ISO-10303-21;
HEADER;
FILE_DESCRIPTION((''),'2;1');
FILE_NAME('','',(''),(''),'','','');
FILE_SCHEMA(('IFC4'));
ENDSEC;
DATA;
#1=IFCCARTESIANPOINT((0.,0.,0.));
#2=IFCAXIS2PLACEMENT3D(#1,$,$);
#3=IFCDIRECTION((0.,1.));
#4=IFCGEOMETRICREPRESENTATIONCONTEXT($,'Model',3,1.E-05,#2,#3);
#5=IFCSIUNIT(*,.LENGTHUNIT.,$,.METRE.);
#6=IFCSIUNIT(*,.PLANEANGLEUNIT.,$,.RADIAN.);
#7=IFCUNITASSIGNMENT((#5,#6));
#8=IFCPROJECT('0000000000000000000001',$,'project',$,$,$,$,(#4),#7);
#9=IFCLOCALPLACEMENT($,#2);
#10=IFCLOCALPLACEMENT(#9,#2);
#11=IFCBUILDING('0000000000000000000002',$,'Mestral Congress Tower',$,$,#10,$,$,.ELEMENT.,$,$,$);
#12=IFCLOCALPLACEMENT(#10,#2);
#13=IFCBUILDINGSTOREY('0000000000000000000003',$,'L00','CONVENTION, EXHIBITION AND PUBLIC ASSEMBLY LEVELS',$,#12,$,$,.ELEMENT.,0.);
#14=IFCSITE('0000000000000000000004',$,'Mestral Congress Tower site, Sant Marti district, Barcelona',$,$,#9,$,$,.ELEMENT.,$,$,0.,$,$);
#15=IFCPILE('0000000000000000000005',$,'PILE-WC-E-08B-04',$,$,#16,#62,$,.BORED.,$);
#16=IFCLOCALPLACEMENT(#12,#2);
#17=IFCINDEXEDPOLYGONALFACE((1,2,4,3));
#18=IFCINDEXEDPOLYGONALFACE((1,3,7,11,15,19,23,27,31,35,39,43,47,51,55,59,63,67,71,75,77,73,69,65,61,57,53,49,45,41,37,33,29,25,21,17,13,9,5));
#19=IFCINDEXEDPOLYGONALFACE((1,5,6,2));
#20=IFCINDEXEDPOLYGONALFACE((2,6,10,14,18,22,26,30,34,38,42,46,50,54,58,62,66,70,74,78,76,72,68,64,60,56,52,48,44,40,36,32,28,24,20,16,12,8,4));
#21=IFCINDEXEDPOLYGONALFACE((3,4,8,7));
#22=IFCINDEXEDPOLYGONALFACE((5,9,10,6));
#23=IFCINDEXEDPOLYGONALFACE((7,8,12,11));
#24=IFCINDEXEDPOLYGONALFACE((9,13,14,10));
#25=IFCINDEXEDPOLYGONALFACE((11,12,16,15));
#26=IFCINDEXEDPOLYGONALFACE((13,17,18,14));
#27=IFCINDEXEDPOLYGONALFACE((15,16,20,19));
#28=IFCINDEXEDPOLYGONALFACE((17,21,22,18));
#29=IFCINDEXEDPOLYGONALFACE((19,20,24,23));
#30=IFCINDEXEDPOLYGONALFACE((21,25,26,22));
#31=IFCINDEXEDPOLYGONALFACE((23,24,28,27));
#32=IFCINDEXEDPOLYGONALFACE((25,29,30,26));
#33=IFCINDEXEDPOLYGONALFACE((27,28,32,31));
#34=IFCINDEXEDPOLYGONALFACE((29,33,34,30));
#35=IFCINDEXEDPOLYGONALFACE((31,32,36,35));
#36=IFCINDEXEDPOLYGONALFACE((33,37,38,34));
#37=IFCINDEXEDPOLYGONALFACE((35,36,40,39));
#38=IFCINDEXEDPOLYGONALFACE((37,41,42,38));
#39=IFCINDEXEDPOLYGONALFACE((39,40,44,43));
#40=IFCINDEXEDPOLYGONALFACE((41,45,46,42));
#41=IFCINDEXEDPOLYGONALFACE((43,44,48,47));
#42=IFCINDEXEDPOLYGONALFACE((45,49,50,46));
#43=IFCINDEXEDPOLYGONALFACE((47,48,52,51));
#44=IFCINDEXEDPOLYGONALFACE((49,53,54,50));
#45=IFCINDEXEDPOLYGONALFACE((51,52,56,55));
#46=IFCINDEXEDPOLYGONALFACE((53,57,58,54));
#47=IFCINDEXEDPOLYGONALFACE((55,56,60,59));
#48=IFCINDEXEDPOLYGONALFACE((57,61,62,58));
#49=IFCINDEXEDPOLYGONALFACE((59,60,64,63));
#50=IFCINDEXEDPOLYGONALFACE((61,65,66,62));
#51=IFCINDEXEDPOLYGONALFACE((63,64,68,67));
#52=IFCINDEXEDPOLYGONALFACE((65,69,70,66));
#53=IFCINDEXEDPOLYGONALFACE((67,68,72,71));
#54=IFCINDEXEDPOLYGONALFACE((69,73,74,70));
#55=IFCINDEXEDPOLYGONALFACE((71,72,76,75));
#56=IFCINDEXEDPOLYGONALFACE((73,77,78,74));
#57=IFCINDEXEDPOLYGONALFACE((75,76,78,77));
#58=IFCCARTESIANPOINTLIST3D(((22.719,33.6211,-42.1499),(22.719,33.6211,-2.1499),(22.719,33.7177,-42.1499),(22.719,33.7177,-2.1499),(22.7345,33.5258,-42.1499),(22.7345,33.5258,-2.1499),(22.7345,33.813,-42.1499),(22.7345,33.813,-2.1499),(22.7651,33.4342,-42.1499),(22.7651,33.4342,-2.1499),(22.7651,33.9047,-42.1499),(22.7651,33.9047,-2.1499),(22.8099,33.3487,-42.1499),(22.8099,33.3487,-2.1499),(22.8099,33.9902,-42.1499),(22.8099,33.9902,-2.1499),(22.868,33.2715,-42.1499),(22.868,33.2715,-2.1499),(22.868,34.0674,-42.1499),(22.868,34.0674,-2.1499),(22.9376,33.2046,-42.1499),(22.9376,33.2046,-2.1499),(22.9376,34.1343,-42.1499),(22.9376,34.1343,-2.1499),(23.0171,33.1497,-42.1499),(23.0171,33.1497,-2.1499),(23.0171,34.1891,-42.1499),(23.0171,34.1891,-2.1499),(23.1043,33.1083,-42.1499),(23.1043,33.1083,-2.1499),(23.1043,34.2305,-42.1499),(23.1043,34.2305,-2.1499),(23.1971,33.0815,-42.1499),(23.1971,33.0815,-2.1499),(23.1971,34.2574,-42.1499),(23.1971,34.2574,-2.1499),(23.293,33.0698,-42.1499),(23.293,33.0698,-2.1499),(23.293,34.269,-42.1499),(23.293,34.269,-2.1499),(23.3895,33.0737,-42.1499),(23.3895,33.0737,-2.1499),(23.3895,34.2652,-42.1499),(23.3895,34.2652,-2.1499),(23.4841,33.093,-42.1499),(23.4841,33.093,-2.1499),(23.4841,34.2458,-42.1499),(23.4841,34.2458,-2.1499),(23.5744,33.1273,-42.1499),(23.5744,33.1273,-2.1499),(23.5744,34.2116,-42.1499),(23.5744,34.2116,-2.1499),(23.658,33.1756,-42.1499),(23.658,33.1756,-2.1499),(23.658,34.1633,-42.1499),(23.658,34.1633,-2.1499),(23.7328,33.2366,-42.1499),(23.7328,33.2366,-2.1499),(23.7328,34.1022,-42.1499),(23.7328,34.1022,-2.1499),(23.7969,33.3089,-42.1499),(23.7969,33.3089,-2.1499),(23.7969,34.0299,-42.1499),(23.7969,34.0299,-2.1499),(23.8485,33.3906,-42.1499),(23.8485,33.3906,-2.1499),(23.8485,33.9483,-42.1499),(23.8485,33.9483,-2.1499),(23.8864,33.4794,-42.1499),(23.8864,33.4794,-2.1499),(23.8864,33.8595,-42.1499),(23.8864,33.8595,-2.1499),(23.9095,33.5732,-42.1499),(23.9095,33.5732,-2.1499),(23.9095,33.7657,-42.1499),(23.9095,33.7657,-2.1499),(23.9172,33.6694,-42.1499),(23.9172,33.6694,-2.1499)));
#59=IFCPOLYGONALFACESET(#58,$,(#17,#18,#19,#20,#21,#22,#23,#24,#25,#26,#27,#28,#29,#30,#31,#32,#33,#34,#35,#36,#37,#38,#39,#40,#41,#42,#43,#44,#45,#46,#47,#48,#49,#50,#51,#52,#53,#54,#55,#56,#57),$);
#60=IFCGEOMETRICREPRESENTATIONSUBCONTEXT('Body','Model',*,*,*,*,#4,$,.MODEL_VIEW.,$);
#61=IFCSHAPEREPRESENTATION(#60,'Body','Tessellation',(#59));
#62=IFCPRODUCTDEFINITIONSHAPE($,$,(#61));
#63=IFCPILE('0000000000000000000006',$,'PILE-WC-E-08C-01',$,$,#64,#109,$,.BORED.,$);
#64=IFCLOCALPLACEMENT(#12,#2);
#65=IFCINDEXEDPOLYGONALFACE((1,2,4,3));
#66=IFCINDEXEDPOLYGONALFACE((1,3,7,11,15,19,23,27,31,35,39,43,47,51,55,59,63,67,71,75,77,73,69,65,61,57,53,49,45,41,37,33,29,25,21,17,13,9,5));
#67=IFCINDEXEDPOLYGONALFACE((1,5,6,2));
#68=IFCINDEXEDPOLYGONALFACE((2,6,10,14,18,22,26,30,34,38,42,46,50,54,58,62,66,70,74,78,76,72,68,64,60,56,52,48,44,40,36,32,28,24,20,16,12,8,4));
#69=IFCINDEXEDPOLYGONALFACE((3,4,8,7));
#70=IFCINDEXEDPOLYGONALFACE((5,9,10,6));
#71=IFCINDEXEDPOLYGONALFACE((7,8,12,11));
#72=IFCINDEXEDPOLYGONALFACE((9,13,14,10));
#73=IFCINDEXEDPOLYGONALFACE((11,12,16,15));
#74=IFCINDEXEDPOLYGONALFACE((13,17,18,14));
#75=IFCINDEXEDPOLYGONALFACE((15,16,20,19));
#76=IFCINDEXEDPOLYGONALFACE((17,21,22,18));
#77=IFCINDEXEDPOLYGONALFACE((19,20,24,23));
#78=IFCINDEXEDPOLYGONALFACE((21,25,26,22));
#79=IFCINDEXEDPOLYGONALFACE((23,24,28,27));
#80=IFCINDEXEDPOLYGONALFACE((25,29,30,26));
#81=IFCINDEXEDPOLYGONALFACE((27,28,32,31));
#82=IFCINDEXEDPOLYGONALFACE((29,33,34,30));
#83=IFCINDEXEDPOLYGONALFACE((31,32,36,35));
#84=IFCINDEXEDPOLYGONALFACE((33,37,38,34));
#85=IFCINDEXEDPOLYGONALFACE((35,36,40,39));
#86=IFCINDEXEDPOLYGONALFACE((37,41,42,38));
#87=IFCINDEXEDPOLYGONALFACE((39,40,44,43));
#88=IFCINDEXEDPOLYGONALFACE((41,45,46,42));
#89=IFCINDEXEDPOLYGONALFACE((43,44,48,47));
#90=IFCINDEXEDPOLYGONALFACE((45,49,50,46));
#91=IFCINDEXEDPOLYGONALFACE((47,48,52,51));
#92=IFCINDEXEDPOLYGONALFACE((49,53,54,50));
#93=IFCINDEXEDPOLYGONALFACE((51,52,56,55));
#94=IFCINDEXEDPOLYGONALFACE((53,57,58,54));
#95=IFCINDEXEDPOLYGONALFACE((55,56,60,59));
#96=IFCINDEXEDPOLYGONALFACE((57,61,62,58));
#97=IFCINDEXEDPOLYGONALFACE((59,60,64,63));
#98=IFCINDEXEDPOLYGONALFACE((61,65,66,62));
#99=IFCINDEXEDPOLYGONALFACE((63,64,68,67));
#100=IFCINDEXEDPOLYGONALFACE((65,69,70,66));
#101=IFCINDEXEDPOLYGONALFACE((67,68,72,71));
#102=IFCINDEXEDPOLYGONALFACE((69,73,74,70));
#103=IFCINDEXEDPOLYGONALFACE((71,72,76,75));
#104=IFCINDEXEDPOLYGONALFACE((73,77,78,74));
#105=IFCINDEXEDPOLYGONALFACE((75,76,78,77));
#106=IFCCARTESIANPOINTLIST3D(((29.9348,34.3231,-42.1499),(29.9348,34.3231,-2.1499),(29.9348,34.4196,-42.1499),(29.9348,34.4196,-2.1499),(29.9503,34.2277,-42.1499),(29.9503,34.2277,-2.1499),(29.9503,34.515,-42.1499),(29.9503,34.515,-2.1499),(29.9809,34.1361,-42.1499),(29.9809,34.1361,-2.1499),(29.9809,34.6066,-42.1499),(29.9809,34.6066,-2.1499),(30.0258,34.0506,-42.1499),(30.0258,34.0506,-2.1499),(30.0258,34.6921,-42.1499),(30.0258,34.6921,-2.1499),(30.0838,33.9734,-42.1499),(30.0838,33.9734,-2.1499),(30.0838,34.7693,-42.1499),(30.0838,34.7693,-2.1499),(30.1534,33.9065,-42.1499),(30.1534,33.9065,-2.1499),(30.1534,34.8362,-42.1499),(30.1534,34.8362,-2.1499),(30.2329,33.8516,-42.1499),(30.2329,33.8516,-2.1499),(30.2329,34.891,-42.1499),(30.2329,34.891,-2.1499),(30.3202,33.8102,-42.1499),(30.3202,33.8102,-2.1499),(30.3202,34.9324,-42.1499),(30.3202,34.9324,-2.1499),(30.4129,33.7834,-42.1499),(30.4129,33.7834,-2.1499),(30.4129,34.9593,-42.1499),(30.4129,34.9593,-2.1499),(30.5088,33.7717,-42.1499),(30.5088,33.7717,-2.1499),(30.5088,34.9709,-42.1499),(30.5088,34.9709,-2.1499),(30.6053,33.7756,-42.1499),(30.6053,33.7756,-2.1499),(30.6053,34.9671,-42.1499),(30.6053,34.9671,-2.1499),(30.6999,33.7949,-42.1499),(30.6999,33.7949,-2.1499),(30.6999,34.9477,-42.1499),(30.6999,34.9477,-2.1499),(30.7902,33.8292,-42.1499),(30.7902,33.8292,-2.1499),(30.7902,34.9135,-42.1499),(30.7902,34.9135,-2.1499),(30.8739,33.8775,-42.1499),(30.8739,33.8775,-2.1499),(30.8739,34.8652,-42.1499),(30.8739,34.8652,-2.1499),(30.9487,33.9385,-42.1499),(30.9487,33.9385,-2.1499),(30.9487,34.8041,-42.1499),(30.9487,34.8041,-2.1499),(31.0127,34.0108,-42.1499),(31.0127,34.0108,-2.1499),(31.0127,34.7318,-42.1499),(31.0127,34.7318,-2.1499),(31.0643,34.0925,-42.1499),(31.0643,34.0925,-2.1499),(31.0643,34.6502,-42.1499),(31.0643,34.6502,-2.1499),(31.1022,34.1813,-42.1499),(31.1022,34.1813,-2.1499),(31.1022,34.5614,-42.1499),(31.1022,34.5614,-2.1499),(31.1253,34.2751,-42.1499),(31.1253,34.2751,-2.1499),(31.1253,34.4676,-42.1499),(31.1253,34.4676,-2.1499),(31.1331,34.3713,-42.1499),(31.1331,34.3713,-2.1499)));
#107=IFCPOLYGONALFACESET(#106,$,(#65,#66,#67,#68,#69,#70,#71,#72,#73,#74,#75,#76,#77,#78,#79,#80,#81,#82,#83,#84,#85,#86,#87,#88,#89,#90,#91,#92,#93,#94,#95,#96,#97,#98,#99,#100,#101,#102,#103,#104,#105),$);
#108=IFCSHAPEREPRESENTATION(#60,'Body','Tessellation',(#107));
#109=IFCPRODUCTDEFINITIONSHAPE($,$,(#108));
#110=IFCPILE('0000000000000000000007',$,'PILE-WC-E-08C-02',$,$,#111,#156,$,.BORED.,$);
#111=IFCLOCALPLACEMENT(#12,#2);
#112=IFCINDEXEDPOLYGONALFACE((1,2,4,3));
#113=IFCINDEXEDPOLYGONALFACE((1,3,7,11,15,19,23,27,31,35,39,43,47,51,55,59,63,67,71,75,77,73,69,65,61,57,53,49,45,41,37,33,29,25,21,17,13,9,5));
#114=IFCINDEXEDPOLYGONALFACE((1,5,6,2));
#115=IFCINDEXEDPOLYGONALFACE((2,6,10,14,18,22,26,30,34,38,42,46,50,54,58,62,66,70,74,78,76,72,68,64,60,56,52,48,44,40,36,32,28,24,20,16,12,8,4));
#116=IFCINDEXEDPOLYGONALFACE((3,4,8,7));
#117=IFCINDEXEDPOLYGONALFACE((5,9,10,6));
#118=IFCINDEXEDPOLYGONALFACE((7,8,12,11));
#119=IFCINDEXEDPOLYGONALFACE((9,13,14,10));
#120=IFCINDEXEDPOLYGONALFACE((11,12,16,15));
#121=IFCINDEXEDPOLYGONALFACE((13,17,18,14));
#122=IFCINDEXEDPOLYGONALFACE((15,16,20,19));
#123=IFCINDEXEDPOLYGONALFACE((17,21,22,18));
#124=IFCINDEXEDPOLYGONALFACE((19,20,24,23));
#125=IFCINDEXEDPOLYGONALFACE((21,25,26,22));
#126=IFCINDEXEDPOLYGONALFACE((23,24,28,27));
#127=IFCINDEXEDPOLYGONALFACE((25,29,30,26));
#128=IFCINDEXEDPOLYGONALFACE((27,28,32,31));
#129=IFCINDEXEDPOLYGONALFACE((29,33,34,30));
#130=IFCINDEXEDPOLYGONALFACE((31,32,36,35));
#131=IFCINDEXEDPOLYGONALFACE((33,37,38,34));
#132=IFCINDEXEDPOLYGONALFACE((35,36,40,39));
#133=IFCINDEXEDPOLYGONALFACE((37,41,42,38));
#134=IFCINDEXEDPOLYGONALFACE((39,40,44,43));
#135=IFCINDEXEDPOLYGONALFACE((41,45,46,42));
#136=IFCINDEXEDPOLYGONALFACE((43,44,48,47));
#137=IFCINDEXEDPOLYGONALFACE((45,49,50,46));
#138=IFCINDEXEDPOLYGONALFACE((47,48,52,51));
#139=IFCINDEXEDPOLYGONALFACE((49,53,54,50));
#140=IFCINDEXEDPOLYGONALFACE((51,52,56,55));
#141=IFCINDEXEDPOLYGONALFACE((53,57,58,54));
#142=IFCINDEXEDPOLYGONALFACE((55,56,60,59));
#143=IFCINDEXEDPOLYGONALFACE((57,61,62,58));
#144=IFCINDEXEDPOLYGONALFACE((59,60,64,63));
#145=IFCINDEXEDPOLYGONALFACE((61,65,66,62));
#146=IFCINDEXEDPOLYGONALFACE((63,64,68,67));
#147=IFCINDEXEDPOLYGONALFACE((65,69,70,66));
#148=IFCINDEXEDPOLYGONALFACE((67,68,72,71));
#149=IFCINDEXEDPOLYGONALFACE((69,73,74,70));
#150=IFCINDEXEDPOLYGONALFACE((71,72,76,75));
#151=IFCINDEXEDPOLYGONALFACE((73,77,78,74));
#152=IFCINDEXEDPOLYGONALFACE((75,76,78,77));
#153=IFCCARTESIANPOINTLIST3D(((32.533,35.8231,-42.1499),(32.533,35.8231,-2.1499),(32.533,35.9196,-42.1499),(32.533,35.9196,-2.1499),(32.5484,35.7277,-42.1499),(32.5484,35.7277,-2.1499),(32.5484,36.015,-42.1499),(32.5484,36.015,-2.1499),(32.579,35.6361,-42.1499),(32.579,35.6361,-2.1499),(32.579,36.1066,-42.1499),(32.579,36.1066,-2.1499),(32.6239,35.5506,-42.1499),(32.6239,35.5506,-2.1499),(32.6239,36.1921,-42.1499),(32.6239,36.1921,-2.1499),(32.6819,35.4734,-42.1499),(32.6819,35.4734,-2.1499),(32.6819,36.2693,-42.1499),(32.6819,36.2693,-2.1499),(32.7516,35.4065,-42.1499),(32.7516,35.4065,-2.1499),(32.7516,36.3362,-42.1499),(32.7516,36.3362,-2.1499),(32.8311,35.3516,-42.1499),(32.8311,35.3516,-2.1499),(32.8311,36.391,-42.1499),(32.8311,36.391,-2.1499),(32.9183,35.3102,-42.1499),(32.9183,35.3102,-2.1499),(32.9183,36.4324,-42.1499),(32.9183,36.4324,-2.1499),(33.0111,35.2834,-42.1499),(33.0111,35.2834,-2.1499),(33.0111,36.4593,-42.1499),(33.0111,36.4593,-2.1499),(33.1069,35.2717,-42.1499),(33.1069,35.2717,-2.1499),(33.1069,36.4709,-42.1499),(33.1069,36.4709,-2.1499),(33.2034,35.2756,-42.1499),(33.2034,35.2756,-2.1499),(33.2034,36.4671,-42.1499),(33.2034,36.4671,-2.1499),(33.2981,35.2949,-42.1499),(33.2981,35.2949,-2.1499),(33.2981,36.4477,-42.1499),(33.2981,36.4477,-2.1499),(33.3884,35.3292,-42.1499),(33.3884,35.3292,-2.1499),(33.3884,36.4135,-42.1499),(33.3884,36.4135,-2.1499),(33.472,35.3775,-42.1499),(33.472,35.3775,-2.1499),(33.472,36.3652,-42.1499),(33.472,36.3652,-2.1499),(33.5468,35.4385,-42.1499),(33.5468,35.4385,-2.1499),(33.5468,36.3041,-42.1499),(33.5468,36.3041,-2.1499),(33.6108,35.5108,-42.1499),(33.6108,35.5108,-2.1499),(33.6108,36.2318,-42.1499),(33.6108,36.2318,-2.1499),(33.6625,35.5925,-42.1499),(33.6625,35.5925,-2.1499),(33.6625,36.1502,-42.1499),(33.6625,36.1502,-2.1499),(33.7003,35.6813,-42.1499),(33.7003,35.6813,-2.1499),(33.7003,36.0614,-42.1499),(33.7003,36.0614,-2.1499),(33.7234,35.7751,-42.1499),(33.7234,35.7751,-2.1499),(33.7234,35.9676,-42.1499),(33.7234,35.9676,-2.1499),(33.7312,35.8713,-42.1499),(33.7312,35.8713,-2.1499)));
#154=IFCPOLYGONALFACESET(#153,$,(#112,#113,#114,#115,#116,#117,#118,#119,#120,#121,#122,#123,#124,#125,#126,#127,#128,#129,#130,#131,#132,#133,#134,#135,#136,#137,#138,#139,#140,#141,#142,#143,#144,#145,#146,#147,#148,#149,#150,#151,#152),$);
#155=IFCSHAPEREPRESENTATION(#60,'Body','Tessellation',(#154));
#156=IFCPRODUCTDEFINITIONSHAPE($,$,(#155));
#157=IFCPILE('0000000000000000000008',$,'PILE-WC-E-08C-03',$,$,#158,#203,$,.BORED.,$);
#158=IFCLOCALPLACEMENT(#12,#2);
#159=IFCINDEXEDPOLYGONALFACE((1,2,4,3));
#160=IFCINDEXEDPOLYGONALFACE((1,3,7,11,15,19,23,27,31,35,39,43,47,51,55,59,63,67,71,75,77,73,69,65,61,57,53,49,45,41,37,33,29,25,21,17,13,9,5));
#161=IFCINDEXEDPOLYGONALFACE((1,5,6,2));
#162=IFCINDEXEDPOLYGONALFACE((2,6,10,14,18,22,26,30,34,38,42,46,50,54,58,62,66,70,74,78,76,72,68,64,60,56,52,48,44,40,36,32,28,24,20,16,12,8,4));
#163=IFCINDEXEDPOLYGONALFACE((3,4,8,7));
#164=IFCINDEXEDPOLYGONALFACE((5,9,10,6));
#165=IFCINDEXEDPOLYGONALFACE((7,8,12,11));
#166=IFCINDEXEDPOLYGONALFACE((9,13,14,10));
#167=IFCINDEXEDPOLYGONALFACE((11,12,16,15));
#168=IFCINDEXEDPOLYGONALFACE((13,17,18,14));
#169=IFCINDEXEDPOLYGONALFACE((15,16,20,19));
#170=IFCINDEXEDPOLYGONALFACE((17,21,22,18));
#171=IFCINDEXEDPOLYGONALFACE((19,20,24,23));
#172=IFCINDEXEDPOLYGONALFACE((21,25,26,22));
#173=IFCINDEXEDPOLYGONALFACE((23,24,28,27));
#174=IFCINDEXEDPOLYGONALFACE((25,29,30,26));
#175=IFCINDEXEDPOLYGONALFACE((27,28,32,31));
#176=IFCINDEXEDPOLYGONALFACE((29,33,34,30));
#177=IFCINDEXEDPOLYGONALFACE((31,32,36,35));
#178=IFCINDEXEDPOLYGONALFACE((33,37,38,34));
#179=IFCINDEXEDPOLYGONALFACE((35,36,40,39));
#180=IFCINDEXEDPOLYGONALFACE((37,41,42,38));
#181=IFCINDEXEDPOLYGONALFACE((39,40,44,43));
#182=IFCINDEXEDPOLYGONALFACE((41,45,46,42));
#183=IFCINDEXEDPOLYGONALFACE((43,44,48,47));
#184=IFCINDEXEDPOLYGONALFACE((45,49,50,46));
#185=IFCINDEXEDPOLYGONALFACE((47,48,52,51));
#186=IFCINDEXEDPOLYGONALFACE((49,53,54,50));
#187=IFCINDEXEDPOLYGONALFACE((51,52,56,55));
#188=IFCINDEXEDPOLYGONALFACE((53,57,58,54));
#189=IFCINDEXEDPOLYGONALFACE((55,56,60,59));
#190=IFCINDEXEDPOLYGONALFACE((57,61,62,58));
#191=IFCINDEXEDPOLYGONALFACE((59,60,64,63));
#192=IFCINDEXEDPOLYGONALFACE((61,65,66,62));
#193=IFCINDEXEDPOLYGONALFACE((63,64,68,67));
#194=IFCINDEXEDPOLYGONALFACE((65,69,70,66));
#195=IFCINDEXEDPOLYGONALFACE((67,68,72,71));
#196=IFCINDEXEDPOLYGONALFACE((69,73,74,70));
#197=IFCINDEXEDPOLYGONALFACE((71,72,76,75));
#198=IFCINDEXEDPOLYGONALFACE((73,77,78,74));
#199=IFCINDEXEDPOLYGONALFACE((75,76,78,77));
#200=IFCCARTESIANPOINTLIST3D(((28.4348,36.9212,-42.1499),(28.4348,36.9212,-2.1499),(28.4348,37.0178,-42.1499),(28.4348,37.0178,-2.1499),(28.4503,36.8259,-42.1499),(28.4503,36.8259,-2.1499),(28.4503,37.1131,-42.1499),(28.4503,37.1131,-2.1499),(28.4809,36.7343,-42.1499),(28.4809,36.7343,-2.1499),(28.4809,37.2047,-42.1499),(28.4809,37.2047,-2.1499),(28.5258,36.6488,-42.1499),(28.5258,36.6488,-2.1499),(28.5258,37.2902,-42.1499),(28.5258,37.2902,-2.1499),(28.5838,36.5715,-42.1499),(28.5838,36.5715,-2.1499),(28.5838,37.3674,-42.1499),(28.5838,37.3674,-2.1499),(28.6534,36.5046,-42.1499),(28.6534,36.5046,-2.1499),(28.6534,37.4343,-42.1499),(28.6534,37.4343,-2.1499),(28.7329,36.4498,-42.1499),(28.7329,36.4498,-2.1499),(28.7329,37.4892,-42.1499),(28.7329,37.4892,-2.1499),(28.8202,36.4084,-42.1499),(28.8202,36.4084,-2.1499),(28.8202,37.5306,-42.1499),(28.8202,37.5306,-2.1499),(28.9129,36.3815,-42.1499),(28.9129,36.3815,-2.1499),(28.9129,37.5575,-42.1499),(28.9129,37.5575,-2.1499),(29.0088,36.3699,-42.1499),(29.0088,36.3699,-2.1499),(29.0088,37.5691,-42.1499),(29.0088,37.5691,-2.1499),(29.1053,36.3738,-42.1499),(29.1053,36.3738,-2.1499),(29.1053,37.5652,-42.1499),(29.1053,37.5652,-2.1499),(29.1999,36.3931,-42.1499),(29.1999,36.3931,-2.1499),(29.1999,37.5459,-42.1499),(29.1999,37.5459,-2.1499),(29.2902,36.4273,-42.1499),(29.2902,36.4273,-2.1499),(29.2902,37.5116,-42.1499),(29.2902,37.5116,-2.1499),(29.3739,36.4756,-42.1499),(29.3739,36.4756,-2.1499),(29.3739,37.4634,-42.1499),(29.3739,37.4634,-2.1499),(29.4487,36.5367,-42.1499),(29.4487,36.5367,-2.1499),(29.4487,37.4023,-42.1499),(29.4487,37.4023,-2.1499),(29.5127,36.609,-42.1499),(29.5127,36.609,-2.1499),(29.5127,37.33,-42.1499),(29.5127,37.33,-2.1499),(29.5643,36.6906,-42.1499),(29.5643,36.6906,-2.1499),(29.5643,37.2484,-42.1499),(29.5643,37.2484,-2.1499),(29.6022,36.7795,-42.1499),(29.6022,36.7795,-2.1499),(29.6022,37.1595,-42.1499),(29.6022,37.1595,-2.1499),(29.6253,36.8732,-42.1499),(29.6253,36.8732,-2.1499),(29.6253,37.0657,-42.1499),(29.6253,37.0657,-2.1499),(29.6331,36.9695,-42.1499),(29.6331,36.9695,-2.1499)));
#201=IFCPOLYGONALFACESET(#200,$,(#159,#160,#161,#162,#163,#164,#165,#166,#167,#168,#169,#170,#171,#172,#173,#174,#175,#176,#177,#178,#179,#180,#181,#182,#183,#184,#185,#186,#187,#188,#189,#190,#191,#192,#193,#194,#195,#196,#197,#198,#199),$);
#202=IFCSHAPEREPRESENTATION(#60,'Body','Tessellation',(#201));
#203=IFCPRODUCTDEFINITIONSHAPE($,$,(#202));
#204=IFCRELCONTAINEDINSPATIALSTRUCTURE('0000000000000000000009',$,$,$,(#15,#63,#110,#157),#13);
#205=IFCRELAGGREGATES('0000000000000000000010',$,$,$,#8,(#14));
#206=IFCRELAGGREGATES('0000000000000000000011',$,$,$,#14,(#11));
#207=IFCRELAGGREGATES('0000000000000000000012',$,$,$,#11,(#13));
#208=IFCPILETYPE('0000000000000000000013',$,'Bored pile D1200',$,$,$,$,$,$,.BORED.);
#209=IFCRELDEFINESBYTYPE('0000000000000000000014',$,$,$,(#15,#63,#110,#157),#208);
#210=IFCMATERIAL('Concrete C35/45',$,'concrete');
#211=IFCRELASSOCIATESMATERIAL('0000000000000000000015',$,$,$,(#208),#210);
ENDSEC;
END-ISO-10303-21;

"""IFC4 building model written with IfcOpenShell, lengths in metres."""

from ifc_helpers import new_model, si_unit, direction, frame, origin, origin_2d, place, context, subcontext, project, spatial, circle, extrude, material, material_profile, profile_set, type_object, element, save


model = new_model("IFC4")

# Units and contexts
model_context = context("Model", 3, precision=1e-05, world=origin(), true_north=direction((0.0, 1.0)))
body_context = subcontext(model_context, "Body", "Model", "MODEL_VIEW")
ifc_project = project(units=[si_unit("LENGTHUNIT", "METRE"), si_unit("PLANEANGLEUNIT", "RADIAN")], contexts=[model_context])

# Site, building, storey
site_placement = place(None, origin())
site = spatial("IfcSite", under=ifc_project, at=site_placement, Name="Mestral Congress Tower site, Sant Marti district, Barcelona", CompositionType="ELEMENT", RefElevation=0.0)
building_placement = place(site_placement, origin())
building = spatial("IfcBuilding", under=site, at=building_placement, Name="Mestral Congress Tower", CompositionType="ELEMENT")
storey_placement = place(building_placement, origin())
storey = spatial("IfcBuildingStorey", under=building, at=storey_placement, Name="L00", Description="CONVENTION, EXHIBITION AND PUBLIC ASSEMBLY LEVELS", CompositionType="ELEMENT", Elevation=0.0)

# Piles
ifc_material_1 = material(Name="Concrete C35/45", Category="concrete")
ifc_material_profile_1 = material_profile(ifc_material_1, circle(Radius=0.6001, at=origin_2d()), Name="D1200")
ifc_profile_set_1 = profile_set([ifc_material_profile_1], Name="Concrete C35/45")
pile_type = type_object("IfcPileType", Name="Bored pile D1200", PredefinedType="BORED", material=ifc_profile_set_1)
for number, where, z_axis, x_axis, name in (
    (1, (23.3171, 33.6694, -2.1499), (0.0, 0.0, -1.0), (1.0, 0.0, 0.0), "PILE-WC-E-08B-04"),
    (2, (30.533, 34.3713, -2.1499), (0.0, 0.0, -1.0), (1.0, 0.0, 0.0), "PILE-WC-E-08C-01"),
    (3, (33.1311, 35.8713, -2.1499), (0.0, 0.0, -1.0), (1.0, 0.0, 0.0), "PILE-WC-E-08C-02"),
    (4, (29.033, 36.9695, -2.1499), (0.0, 0.0, -1.0), (1.0, 0.0, 0.0), "PILE-WC-E-08C-03"),
):
    element("IfcPile", number, at=place(storey_placement, frame(where, z_axis=z_axis, x_axis=x_axis)), inside=storey, type_object=pile_type, Name=name, PredefinedType="BORED", context=body_context, shape_type="SweptSolid", body=[
        extrude(circle(Radius=0.6001, at=origin_2d()), origin(), (0.0, 0.0, 1.0), 40.0),
    ])

save(model, "model.ifc")
